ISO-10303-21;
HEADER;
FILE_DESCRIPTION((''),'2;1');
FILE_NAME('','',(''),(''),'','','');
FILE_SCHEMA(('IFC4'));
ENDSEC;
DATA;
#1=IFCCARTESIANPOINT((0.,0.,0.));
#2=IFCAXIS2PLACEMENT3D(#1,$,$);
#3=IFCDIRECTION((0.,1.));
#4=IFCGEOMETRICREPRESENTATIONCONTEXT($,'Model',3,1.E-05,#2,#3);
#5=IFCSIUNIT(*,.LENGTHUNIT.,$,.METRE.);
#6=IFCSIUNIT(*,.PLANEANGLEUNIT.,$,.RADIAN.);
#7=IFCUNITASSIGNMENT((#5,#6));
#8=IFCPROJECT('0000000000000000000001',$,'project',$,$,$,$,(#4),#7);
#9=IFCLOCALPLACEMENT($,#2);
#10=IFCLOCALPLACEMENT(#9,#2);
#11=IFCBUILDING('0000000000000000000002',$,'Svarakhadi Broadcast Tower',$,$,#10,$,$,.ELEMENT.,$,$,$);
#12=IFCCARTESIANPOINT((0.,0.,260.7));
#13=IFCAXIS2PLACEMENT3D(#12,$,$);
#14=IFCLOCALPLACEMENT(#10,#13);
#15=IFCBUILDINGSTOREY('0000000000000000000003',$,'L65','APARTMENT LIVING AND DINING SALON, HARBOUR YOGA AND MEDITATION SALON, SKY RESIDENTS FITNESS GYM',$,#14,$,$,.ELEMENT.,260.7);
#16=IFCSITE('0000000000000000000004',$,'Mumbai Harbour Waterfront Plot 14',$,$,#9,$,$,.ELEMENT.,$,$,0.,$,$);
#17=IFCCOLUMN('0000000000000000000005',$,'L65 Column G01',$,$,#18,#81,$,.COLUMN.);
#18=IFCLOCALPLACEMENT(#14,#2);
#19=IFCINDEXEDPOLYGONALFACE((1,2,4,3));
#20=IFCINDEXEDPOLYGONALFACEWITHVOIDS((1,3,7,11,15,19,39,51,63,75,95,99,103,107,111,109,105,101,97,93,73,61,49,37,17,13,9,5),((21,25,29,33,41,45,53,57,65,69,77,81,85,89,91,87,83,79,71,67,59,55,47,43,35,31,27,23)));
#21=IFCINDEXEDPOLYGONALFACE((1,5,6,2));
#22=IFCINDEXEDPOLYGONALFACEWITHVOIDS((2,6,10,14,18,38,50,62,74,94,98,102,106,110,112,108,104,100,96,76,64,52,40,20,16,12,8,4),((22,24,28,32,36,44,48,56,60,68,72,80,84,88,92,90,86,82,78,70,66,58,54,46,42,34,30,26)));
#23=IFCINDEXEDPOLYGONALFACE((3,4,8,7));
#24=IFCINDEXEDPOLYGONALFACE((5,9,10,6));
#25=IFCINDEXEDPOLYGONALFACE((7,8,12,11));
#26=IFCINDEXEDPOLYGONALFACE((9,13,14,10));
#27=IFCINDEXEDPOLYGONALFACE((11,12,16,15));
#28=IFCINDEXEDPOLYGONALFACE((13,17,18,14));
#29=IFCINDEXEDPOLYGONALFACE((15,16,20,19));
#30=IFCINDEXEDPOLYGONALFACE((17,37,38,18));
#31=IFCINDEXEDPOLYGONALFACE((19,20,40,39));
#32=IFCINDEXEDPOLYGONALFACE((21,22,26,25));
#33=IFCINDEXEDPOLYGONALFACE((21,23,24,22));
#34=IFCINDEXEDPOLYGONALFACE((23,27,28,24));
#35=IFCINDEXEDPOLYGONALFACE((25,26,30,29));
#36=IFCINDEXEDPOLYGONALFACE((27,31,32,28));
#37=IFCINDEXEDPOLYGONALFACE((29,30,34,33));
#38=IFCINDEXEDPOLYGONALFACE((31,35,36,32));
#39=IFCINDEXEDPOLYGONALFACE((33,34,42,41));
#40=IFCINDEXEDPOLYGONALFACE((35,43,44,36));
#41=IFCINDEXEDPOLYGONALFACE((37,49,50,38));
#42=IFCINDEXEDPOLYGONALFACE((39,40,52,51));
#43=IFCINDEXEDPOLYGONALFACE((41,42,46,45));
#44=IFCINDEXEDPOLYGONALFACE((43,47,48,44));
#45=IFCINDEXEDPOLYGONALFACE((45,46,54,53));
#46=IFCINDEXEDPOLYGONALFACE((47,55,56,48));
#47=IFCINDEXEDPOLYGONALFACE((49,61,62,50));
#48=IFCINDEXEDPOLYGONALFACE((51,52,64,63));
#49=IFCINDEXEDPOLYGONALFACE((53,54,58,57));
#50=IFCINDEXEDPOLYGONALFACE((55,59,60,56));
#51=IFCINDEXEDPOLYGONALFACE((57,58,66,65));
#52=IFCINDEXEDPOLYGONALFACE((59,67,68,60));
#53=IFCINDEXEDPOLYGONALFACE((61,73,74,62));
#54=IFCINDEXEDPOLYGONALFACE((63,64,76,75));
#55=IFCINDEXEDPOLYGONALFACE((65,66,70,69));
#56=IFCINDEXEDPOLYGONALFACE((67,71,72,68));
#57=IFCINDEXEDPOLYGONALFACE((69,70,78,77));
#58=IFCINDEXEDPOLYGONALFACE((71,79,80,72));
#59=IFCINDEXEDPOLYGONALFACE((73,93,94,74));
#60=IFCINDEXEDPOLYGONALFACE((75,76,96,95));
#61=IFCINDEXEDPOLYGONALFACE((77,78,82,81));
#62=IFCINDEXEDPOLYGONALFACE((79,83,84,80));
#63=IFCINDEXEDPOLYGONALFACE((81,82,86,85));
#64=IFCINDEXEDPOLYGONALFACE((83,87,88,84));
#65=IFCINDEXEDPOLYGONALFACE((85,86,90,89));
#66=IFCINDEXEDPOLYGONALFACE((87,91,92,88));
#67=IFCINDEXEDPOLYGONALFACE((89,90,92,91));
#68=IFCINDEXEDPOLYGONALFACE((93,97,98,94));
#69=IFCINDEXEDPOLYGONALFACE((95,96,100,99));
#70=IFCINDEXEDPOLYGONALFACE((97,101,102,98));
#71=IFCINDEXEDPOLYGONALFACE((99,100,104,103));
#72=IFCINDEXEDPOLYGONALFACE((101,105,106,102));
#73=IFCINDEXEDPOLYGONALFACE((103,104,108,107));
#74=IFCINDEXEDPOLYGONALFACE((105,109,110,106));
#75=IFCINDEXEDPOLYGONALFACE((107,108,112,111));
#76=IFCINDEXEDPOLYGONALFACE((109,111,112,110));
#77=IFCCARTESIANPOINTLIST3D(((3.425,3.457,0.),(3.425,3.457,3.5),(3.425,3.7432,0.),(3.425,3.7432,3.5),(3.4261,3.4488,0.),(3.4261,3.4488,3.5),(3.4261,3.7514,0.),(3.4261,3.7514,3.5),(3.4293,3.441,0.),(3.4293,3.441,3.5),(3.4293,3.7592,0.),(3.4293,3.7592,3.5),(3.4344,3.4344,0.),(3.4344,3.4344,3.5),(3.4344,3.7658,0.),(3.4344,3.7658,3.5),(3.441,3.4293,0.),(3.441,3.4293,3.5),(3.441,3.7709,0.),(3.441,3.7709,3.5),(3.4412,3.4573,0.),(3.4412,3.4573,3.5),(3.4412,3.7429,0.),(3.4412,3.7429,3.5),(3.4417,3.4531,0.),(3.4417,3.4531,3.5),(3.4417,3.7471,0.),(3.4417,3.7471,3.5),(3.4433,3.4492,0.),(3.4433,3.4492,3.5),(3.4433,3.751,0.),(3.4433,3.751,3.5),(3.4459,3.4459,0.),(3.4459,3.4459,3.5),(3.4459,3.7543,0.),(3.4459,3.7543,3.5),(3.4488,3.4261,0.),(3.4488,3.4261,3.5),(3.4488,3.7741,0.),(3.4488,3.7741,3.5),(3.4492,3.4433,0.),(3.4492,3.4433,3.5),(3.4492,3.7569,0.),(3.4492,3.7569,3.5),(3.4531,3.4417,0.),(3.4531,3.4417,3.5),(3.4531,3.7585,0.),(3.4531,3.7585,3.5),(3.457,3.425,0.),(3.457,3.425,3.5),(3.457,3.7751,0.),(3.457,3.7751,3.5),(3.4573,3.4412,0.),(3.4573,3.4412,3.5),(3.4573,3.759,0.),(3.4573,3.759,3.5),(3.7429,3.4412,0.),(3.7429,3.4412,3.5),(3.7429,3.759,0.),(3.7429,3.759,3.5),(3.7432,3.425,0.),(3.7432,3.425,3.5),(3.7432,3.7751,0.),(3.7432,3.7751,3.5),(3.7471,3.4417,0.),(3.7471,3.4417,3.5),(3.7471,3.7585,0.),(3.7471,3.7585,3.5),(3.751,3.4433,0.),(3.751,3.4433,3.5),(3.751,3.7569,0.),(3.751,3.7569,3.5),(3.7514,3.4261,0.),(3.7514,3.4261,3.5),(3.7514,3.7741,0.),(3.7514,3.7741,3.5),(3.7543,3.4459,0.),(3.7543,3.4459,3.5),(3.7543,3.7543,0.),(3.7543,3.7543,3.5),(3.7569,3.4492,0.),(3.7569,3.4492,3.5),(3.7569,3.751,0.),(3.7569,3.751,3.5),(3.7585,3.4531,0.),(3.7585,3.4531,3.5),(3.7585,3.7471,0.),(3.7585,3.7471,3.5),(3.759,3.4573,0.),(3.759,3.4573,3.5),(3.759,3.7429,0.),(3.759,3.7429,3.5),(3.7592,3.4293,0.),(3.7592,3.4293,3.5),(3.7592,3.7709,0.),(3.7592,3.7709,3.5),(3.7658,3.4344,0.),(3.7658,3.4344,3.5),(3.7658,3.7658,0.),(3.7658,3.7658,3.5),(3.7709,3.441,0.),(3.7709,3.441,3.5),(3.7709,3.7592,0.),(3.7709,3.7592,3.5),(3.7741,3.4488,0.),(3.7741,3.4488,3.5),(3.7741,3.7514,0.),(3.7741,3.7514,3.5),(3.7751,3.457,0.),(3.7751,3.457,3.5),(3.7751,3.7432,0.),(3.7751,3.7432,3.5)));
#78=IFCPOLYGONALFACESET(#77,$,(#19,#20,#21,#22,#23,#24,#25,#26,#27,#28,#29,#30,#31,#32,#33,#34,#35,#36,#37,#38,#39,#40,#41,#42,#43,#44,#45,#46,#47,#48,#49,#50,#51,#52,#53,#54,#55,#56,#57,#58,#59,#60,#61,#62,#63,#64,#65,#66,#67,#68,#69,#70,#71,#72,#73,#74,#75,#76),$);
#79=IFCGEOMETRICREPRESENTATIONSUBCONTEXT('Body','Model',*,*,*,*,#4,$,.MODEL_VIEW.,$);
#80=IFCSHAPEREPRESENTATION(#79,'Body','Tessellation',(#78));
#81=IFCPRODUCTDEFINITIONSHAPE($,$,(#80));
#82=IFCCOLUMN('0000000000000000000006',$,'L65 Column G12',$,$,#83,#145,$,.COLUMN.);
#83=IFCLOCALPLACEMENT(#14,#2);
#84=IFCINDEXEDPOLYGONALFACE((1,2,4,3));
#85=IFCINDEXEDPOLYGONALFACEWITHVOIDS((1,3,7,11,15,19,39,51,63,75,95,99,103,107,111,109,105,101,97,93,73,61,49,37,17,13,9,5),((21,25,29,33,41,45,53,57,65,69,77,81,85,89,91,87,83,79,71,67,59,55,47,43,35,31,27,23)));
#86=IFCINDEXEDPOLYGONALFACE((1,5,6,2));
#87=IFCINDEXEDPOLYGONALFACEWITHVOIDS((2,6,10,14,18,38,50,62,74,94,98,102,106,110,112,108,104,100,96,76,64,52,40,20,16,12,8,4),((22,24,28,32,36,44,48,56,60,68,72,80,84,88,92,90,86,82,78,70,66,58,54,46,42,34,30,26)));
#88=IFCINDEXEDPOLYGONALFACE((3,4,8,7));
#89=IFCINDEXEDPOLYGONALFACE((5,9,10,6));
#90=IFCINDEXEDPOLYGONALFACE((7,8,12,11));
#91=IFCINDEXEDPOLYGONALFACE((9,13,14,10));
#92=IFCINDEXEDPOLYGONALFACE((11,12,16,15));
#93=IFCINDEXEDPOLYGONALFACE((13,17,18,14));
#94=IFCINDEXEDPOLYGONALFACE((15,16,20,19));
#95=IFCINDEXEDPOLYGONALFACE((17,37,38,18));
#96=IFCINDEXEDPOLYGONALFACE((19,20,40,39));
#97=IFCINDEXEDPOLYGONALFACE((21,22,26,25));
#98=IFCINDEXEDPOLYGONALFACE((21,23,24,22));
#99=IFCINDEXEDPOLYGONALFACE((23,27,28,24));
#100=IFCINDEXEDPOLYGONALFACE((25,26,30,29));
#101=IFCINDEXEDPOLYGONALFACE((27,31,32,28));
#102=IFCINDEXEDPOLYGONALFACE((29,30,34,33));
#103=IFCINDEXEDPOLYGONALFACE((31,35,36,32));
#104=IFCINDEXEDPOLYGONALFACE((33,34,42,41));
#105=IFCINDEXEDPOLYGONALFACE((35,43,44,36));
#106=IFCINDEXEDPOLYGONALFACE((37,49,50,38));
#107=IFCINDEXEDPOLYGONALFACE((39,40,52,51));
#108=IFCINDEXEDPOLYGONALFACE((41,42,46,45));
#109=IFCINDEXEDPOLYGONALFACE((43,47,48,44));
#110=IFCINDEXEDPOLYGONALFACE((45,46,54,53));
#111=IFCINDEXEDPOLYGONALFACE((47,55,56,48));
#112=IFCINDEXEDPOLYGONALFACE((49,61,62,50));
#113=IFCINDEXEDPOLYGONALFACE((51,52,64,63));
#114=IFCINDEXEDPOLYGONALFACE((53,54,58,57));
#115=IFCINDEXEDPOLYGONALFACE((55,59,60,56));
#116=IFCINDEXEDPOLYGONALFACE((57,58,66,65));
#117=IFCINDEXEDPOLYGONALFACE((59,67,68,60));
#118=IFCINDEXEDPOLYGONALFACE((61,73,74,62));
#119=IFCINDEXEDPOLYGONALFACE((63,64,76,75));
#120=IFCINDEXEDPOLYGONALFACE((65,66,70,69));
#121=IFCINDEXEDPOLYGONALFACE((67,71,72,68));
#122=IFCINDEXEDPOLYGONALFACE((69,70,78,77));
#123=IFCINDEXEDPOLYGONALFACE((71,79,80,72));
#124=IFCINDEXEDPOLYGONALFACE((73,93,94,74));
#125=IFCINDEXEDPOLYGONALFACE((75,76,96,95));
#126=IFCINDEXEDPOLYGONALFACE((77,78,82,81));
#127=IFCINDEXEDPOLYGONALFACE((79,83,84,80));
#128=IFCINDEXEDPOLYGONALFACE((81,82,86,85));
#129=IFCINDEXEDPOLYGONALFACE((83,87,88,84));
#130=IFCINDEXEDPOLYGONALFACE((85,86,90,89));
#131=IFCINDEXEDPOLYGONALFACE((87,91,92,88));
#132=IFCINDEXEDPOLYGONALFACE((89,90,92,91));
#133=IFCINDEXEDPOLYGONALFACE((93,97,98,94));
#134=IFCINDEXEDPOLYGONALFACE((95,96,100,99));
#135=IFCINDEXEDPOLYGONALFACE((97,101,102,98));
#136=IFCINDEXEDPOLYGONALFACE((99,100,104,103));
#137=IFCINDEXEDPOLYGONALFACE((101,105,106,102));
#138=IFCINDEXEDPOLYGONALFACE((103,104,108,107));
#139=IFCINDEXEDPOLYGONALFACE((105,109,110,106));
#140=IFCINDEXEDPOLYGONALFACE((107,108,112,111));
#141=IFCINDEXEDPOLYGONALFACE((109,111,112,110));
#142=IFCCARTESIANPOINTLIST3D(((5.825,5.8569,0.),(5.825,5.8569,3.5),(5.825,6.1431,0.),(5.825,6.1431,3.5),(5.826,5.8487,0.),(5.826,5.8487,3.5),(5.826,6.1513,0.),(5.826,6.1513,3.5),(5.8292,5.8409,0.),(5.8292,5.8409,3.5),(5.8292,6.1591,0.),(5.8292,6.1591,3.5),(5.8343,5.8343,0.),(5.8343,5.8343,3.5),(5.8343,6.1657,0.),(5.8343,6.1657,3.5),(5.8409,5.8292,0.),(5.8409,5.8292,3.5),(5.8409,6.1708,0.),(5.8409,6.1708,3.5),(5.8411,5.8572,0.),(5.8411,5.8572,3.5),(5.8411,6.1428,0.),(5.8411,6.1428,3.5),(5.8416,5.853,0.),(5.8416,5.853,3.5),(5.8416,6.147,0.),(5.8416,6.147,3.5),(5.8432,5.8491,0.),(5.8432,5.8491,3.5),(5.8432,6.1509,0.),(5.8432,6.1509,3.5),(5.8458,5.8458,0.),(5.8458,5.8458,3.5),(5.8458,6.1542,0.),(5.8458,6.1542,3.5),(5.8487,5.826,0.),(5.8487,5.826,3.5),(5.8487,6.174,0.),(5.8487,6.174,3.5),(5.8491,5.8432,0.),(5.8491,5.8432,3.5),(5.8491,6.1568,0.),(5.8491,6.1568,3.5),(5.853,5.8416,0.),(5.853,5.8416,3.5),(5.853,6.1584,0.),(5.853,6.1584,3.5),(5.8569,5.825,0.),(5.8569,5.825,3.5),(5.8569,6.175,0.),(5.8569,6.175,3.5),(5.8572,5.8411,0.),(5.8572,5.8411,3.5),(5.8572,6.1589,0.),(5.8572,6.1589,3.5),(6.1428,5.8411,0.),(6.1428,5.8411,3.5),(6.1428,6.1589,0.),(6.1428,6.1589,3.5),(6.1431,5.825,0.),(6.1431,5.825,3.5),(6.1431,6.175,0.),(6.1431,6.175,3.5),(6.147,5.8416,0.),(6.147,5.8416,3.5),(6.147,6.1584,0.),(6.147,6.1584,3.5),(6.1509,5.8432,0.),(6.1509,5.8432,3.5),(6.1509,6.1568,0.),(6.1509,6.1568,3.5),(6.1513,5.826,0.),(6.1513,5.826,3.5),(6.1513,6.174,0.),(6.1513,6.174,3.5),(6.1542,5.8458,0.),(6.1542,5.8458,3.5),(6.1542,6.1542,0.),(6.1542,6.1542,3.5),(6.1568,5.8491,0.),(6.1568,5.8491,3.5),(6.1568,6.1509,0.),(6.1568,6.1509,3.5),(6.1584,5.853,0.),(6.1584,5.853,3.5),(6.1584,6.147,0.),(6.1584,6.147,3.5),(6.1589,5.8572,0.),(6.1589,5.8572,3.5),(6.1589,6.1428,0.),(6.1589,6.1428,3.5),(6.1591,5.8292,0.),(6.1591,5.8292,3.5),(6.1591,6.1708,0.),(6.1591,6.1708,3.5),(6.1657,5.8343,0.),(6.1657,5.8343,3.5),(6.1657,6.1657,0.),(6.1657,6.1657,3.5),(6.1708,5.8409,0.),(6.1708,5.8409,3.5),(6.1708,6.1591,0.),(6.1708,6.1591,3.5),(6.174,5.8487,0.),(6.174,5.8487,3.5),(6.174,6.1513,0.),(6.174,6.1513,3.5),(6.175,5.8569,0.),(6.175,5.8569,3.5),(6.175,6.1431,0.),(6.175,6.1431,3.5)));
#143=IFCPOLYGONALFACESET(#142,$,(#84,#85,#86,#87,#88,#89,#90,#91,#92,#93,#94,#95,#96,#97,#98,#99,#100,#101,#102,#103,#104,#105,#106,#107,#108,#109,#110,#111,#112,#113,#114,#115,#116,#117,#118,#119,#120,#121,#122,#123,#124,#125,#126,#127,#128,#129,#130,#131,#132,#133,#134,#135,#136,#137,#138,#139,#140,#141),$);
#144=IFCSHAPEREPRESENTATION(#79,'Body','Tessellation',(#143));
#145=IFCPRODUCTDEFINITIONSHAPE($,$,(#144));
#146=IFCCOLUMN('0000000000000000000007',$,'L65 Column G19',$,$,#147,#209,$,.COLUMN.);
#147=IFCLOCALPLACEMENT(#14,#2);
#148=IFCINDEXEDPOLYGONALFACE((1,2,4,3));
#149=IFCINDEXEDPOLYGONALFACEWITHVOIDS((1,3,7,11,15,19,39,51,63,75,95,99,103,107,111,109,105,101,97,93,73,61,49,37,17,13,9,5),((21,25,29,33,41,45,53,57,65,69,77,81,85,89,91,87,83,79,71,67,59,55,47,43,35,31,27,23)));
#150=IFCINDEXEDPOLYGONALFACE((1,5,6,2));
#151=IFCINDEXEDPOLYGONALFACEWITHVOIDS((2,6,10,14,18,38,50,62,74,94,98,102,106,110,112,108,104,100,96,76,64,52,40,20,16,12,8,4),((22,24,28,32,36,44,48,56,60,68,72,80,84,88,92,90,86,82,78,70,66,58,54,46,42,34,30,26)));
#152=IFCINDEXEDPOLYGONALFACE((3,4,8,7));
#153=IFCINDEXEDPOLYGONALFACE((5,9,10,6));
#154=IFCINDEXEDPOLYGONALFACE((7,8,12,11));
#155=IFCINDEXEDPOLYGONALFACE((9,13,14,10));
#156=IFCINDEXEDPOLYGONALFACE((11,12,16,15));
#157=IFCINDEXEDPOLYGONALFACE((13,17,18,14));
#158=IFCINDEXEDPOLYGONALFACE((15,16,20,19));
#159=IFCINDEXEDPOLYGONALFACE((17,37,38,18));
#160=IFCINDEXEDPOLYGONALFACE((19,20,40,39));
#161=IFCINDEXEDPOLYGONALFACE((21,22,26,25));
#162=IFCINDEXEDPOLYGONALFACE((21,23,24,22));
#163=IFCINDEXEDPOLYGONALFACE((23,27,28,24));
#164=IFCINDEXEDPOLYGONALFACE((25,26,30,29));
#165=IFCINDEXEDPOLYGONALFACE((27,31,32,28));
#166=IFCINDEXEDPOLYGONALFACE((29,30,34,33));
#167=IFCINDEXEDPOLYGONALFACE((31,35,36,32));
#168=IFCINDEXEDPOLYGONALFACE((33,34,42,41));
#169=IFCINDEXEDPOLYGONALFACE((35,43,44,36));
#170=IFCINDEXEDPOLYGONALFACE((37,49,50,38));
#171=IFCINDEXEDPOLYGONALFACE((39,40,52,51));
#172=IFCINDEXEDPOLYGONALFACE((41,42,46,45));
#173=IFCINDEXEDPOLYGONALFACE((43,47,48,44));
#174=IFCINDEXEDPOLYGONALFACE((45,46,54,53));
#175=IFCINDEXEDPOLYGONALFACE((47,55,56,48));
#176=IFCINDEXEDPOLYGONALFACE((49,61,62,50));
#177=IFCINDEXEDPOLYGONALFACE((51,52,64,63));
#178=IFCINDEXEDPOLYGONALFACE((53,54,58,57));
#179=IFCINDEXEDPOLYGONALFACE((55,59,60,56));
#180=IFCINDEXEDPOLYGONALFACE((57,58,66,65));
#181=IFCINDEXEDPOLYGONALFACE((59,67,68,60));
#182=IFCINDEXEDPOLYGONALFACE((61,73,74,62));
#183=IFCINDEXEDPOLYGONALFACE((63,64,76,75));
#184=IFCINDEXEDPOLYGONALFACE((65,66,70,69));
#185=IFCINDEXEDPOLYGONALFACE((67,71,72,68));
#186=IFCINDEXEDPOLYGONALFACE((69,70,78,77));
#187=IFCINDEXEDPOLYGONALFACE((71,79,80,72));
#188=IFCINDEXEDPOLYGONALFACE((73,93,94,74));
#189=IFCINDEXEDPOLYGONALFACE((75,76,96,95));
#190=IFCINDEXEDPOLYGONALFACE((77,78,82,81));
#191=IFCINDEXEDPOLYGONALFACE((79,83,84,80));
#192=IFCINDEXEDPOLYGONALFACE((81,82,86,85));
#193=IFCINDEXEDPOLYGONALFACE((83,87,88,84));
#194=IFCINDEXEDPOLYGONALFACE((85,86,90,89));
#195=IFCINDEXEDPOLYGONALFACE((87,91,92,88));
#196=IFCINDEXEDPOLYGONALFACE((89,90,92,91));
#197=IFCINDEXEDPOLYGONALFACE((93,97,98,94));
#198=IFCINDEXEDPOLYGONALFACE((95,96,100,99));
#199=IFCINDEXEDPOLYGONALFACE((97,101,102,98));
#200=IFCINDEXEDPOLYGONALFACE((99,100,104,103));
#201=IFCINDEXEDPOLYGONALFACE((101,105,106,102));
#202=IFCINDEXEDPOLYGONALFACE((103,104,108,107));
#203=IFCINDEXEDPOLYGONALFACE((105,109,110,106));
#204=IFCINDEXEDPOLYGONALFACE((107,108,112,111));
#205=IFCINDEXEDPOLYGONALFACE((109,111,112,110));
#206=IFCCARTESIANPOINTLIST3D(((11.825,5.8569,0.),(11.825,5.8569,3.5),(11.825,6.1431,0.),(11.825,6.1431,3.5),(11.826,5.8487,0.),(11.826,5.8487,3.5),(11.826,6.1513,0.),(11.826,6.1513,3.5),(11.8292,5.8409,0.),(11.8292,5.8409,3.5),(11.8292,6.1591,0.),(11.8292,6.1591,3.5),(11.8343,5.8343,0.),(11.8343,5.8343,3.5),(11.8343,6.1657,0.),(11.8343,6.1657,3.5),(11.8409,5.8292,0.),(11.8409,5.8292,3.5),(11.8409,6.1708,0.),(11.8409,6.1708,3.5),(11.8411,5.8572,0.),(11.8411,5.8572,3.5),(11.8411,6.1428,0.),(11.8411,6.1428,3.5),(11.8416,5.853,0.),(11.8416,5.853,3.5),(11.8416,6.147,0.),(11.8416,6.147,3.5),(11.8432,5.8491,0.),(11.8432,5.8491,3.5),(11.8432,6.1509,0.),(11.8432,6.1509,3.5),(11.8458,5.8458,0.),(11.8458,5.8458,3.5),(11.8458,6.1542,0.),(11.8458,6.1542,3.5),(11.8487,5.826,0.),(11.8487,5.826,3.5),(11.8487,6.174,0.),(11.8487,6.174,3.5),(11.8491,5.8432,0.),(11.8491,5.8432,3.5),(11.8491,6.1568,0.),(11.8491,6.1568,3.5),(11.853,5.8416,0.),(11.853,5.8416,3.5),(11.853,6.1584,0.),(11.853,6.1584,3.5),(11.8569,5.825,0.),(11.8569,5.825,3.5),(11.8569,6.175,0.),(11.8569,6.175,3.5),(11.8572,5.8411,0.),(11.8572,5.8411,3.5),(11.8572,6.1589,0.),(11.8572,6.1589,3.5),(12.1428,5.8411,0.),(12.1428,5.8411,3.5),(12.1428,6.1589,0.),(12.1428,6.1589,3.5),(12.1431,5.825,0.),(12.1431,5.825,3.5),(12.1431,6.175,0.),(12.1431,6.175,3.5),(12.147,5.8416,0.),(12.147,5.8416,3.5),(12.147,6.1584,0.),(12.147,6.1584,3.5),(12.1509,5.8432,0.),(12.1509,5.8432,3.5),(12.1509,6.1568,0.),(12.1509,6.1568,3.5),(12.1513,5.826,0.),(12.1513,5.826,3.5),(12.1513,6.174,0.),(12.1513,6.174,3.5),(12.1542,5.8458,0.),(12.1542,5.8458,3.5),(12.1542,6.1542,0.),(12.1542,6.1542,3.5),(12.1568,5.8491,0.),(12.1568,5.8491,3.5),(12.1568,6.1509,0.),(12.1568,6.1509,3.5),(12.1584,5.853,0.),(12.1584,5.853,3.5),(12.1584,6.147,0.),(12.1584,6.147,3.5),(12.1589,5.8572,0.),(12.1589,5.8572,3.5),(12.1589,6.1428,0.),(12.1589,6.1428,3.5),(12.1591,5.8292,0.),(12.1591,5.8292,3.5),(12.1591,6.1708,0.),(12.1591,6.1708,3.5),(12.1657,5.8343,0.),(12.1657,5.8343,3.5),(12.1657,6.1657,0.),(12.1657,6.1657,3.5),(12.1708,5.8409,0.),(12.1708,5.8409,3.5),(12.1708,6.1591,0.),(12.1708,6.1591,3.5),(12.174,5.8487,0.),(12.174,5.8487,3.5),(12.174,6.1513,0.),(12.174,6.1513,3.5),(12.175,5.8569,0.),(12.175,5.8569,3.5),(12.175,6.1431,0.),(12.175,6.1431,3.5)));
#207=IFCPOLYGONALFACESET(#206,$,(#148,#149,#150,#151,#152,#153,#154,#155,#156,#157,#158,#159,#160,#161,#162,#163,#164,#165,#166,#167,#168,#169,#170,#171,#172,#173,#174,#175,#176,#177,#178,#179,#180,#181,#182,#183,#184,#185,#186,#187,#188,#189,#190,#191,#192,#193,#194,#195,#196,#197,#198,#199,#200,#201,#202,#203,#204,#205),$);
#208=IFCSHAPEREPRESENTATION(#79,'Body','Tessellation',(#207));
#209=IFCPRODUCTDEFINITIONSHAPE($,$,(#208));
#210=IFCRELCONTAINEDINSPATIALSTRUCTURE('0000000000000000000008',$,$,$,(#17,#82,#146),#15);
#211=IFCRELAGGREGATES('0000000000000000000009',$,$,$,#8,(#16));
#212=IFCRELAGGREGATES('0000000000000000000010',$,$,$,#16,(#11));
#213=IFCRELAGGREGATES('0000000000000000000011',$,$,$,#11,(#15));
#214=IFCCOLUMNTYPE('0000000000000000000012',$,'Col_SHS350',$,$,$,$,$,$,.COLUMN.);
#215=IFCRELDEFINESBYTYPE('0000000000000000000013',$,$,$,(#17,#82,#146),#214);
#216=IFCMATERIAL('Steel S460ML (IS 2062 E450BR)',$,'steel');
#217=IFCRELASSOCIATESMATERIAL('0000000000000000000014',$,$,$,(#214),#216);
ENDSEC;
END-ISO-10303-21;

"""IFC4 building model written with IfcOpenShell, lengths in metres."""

from ifc_helpers import new_model, si_unit, direction, frame, origin, origin_2d, place, context, subcontext, project, spatial, hollow_rectangle, extrude, material, material_profile, profile_set, type_object, element, save


model = new_model("IFC4")

# Units and contexts
model_context = context("Model", 3, precision=1e-05, world=origin(), true_north=direction((0.0, 1.0)))
body_context = subcontext(model_context, "Body", "Model", "MODEL_VIEW")
ifc_project = project(units=[si_unit("LENGTHUNIT", "METRE"), si_unit("PLANEANGLEUNIT", "RADIAN")], contexts=[model_context])

# Site, building, storey
site_placement = place(None, origin())
site = spatial("IfcSite", under=ifc_project, at=site_placement, Name="Mumbai Harbour Waterfront Plot 14", CompositionType="ELEMENT", RefElevation=0.0)
building_placement = place(site_placement, origin())
building = spatial("IfcBuilding", under=site, at=building_placement, Name="Svarakhadi Broadcast Tower", CompositionType="ELEMENT")
storey_placement = place(building_placement, frame((0.0, 0.0, 260.7)))
storey = spatial("IfcBuildingStorey", under=building, at=storey_placement, Name="L65", Description="APARTMENT LIVING AND DINING SALON, HARBOUR YOGA AND MEDITATION SALON, SKY RESIDENTS FITNESS GYM", CompositionType="ELEMENT", Elevation=260.7)

# Columns
ifc_material_1 = material(Name="Steel S460ML (IS 2062 E450BR)", Category="steel")
ifc_material_profile_1 = material_profile(ifc_material_1, hollow_rectangle(XDim=0.3501, YDim=0.3501, WallThickness=0.0161, InnerFilletRadius=0.0161, OuterFilletRadius=0.032, at=origin_2d()), Name="SHS 350x350x16")
ifc_profile_set_1 = profile_set([ifc_material_profile_1], Name="Steel S460ML (IS 2062 E450BR)")
column_type = type_object("IfcColumnType", Name="Col_SHS350", PredefinedType="COLUMN", material=ifc_profile_set_1)
for number, where, z_axis, x_axis, name in (
    (1, (3.6001, 3.6001, 0.0), (0.0, 0.0, 1.0), (1.0, 0.0, 0.0), "L65 Column G01"),
    (2, (6.0, 6.0, 0.0), (0.0, 0.0, 1.0), (1.0, 0.0, 0.0), "L65 Column G12"),
    (3, (12.0, 6.0, 0.0), (0.0, 0.0, 1.0), (1.0, 0.0, 0.0), "L65 Column G19"),
):
    element("IfcColumn", number, at=place(storey_placement, frame(where, z_axis=z_axis, x_axis=x_axis)), inside=storey, type_object=column_type, Name=name, PredefinedType="COLUMN", context=body_context, shape_type="SweptSolid", body=[
        extrude(hollow_rectangle(XDim=0.3501, YDim=0.3501, WallThickness=0.0161, InnerFilletRadius=0.0161, OuterFilletRadius=0.032, at=origin_2d()), origin(), (0.0, 0.0, 1.0), 3.5),
    ])

save(model, "model.ifc")
